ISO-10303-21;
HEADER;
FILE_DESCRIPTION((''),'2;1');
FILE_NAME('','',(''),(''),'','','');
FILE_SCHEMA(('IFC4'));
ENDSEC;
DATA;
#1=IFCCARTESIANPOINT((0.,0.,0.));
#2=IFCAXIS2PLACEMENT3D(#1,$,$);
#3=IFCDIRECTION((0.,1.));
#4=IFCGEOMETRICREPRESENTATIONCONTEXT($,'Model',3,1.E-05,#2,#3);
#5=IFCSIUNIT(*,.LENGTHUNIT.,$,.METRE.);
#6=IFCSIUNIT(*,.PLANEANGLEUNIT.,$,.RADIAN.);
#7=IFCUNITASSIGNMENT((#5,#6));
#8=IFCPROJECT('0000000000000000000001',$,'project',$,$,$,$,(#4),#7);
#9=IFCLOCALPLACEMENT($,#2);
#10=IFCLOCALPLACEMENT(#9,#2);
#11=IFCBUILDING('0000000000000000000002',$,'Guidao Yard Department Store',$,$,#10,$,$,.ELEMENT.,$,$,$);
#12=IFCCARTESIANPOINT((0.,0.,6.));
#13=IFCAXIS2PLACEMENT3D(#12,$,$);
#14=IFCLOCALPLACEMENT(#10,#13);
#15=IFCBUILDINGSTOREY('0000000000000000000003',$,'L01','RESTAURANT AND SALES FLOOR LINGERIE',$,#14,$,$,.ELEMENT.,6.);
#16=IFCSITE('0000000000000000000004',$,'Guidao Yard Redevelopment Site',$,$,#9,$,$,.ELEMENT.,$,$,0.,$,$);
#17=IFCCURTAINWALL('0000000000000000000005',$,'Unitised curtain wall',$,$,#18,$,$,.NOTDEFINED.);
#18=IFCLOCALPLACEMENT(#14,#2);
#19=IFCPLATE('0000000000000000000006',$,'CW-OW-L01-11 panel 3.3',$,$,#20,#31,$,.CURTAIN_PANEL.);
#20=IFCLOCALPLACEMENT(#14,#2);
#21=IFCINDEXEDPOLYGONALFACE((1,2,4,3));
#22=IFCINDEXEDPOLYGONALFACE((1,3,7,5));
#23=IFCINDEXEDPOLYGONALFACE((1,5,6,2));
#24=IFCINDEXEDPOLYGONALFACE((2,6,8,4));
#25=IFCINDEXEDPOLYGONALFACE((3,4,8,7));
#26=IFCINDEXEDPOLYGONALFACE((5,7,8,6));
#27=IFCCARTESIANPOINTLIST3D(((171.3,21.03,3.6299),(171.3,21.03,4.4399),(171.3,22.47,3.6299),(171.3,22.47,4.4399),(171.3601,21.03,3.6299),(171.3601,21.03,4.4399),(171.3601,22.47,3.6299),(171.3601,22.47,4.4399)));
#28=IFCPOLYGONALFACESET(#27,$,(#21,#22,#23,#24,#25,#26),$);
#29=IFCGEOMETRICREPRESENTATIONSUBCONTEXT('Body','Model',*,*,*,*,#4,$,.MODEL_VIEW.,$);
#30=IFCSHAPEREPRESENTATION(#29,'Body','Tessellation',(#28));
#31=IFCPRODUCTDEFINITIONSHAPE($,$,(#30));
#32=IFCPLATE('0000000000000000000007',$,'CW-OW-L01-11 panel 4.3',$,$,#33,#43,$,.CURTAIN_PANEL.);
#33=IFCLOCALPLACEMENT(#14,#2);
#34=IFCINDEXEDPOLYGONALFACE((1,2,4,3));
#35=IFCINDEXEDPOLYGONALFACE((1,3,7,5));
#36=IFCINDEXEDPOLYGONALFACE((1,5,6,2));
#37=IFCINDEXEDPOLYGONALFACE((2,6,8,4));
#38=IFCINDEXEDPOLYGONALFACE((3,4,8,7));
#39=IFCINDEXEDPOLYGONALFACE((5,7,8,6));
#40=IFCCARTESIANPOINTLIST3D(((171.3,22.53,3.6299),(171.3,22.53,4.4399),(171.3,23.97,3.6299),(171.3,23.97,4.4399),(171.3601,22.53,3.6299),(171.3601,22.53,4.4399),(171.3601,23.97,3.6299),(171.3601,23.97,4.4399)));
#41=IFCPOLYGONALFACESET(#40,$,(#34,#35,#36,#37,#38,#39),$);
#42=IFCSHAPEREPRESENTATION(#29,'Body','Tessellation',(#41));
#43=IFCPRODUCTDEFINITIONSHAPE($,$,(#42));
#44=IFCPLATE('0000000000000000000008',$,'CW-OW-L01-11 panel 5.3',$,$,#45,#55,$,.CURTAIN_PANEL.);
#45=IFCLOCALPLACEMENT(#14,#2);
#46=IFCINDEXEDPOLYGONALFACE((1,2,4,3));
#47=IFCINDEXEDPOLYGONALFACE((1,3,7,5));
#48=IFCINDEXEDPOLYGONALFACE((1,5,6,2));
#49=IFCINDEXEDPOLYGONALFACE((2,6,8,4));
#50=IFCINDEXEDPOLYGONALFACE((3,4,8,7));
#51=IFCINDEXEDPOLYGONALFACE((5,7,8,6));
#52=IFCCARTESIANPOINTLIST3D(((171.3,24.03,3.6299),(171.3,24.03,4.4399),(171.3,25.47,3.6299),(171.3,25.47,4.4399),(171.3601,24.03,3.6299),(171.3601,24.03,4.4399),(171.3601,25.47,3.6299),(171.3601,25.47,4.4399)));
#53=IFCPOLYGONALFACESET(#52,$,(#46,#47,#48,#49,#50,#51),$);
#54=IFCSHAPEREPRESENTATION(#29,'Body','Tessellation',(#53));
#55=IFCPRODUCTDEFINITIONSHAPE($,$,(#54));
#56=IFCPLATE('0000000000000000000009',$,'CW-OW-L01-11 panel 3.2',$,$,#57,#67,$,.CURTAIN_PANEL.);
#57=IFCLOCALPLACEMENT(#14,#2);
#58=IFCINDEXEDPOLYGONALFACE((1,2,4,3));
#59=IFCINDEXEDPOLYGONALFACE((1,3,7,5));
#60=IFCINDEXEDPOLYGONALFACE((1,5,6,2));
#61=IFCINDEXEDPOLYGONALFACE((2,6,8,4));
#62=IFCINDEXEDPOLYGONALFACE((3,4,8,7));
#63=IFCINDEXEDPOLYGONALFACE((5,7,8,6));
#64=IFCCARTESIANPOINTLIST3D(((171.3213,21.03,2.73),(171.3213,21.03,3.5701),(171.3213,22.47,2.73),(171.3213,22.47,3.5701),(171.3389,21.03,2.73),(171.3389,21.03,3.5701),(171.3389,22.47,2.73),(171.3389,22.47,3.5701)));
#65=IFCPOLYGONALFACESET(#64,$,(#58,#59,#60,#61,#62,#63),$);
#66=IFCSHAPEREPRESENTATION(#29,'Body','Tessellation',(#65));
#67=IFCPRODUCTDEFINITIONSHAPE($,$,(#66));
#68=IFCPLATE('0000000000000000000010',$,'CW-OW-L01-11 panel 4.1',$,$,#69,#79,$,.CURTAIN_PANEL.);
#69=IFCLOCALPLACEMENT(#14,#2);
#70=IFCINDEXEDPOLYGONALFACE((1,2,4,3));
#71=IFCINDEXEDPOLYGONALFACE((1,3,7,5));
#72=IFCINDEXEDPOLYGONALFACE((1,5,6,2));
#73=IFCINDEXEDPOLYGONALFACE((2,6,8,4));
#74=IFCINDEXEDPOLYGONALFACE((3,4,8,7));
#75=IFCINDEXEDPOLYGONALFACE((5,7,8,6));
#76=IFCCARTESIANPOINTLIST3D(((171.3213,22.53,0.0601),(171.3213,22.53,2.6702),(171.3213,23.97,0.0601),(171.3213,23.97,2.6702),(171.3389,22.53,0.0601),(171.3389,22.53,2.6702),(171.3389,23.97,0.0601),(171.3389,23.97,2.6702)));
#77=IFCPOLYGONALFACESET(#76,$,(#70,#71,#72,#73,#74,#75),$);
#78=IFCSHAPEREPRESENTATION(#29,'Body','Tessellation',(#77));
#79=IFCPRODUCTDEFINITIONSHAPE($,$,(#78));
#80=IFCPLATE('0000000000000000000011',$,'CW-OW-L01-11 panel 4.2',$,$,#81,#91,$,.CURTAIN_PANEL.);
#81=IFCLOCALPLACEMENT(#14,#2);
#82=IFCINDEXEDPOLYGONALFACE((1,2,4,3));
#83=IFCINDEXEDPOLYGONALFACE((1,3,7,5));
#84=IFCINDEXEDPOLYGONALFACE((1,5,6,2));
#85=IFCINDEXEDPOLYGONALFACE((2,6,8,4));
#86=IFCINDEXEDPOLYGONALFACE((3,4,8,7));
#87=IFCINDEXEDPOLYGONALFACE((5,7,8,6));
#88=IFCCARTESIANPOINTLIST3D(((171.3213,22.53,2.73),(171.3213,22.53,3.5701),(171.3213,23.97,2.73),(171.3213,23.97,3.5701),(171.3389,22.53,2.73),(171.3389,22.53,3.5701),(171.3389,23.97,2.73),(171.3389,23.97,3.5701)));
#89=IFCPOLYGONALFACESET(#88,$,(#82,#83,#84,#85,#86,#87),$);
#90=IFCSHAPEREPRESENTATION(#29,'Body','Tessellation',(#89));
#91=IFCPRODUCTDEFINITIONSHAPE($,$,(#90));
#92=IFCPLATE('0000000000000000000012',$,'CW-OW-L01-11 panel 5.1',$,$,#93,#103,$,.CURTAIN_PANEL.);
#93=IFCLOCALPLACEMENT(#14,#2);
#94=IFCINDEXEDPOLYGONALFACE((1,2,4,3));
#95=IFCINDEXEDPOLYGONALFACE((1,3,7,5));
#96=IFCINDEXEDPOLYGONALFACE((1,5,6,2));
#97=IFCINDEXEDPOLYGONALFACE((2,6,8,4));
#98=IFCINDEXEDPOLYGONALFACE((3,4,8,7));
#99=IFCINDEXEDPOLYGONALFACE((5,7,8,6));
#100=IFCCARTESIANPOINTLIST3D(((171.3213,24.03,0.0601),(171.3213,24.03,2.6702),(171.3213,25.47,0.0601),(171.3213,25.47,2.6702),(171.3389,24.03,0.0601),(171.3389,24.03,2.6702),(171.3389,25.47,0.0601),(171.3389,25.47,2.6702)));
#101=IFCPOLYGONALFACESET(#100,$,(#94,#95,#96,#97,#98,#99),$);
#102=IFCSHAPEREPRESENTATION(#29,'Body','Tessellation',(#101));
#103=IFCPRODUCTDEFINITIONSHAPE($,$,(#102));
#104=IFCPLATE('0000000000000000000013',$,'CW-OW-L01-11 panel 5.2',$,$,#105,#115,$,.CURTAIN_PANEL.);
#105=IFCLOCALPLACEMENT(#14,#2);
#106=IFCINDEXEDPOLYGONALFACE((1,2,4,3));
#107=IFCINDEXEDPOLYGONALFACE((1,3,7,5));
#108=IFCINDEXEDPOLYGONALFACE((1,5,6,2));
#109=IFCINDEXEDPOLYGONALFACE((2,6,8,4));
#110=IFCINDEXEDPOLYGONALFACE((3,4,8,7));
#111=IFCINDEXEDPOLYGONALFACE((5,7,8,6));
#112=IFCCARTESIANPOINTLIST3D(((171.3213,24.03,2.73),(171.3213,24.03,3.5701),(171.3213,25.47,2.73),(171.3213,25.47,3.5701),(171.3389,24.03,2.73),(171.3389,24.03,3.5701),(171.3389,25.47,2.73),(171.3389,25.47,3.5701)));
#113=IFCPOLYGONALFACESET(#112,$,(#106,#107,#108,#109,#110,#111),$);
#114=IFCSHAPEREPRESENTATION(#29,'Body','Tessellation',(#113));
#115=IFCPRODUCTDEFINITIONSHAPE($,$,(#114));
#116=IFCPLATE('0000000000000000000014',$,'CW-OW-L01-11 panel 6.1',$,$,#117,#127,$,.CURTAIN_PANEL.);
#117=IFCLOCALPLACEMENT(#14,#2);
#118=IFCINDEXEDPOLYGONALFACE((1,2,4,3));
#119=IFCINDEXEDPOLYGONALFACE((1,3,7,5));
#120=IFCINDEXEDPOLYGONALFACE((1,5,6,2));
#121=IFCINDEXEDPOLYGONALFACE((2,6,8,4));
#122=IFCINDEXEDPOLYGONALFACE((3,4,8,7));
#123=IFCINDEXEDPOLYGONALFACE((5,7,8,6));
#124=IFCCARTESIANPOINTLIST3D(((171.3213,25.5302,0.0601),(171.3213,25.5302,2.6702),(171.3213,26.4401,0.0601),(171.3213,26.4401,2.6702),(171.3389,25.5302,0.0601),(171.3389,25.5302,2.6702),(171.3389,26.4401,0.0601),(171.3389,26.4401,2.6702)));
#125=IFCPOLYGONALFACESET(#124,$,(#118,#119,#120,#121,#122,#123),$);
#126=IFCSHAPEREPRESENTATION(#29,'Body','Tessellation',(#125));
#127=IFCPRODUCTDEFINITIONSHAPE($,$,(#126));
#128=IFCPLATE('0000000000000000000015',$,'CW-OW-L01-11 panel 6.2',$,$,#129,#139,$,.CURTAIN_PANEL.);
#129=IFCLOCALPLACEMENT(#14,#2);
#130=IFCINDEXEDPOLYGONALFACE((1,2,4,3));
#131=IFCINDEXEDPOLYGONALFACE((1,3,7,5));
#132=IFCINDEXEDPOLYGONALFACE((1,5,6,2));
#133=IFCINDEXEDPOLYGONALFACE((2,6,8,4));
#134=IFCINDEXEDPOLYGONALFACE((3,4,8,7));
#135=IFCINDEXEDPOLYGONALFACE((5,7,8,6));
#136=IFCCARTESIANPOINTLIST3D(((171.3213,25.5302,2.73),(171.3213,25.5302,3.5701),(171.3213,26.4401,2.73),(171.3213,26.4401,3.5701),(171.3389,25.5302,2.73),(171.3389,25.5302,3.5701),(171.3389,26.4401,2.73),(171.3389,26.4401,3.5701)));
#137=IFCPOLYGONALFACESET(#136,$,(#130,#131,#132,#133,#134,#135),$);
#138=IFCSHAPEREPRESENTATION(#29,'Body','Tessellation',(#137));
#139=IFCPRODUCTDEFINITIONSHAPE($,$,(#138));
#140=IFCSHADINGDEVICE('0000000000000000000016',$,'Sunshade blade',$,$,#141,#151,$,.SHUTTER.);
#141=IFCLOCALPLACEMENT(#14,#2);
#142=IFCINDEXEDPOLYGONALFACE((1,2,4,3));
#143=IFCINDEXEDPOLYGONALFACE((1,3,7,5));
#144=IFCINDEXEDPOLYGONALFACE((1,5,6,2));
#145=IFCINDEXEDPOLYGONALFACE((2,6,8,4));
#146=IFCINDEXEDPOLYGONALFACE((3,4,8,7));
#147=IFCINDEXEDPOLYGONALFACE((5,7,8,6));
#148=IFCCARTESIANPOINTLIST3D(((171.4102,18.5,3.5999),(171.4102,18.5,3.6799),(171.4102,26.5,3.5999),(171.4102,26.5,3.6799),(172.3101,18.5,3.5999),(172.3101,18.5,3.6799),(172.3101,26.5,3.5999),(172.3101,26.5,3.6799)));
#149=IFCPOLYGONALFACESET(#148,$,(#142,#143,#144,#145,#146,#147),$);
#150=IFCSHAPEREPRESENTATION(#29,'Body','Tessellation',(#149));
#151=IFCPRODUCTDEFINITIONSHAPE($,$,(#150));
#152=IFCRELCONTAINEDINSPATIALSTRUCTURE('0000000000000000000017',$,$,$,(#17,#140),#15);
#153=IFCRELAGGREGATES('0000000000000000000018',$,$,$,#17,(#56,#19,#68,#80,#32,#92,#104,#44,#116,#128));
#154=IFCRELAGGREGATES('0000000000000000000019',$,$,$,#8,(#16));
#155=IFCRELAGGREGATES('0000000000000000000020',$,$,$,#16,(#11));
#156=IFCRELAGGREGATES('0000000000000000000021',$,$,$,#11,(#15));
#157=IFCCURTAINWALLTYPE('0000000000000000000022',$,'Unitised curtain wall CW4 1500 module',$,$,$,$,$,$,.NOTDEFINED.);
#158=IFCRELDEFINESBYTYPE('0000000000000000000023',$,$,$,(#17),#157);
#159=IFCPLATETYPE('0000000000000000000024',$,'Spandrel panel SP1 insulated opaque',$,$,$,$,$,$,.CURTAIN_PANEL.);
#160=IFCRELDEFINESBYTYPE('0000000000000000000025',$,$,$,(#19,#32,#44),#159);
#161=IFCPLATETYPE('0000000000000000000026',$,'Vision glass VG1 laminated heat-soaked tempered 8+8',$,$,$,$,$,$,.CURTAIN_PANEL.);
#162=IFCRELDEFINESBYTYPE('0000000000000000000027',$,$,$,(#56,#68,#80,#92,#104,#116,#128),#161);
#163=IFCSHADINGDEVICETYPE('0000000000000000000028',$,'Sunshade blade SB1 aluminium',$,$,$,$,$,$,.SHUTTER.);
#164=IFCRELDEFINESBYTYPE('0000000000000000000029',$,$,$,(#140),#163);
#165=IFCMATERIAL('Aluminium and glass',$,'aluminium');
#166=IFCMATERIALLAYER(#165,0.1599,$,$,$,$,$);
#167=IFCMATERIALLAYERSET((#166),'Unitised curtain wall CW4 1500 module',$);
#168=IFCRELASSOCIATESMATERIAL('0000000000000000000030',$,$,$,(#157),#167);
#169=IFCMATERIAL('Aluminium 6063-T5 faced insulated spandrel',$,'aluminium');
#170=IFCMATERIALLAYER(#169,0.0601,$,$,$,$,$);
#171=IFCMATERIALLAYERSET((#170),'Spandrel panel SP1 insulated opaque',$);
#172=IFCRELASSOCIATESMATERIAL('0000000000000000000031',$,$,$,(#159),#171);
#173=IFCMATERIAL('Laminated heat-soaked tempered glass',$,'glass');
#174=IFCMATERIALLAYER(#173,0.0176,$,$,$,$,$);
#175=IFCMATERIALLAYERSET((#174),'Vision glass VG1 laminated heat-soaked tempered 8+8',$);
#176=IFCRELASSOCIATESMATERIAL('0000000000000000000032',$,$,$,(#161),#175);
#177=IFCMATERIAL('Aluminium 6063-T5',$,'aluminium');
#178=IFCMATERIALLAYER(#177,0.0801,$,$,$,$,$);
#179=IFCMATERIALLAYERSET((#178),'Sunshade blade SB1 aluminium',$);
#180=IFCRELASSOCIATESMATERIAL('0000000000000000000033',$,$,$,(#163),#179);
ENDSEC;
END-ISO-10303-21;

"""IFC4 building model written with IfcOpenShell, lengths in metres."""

from ifc_helpers import new_model, si_unit, direction, frame, origin, origin_2d, place, context, subcontext, project, spatial, rectangle, extrude, material, layer, layer_set, type_object, element, aggregate, save


model = new_model("IFC4")

# Units and contexts
model_context = context("Model", 3, precision=1e-05, world=origin(), true_north=direction((0.0, 1.0)))
body_context = subcontext(model_context, "Body", "Model", "MODEL_VIEW")
ifc_project = project(units=[si_unit("LENGTHUNIT", "METRE"), si_unit("PLANEANGLEUNIT", "RADIAN")], contexts=[model_context])

# Site, building, storey
site_placement = place(None, origin())
site = spatial("IfcSite", under=ifc_project, at=site_placement, Name="Guidao Yard Redevelopment Site", CompositionType="ELEMENT", RefElevation=0.0)
building_placement = place(site_placement, origin())
building = spatial("IfcBuilding", under=site, at=building_placement, Name="Guidao Yard Department Store", CompositionType="ELEMENT")
storey_placement = place(building_placement, frame((0.0, 0.0, 6.0)))
storey = spatial("IfcBuildingStorey", under=building, at=storey_placement, Name="L01", Description="RESTAURANT AND SALES FLOOR LINGERIE", CompositionType="ELEMENT", Elevation=6.0)

# Curtain wall, plates
ifc_material_1 = material(Name="Aluminium and glass", Category="aluminium")
ifc_layer_1 = layer(ifc_material_1, 0.1599)
ifc_layer_set_1 = layer_set([ifc_layer_1], Name="Unitised curtain wall CW4 1500 module")
curtain_wall_type = type_object("IfcCurtainWallType", Name="Unitised curtain wall CW4 1500 module", PredefinedType="NOTDEFINED", material=ifc_layer_set_1)
curtain_wall_placement = place(storey_placement, origin())
curtain_wall = element("IfcCurtainWall", 1, at=curtain_wall_placement, inside=storey, type_object=curtain_wall_type, Name="Unitised curtain wall", PredefinedType="NOTDEFINED")
ifc_material_2 = material(Name="Aluminium 6063-T5 faced insulated spandrel", Category="aluminium")
ifc_layer_2 = layer(ifc_material_2, 0.0601)
ifc_layer_set_2 = layer_set([ifc_layer_2], Name="Spandrel panel SP1 insulated opaque")
plate_type_1 = type_object("IfcPlateType", Name="Spandrel panel SP1 insulated opaque", PredefinedType="CURTAIN_PANEL", material=ifc_layer_set_2)
plate_1_placement = place(storey_placement, frame((171.3301, 21.75, 3.6299), z_axis=(0.0, 0.0, 1.0), x_axis=(0.0, -1.0, 0.0)))
plate_1 = element("IfcPlate", 2, at=plate_1_placement, type_object=plate_type_1, Name="CW-OW-L01-11 panel 3.3", PredefinedType="CURTAIN_PANEL", context=body_context, shape_type="SweptSolid", body=[
    extrude(rectangle(XDim=1.4399, YDim=0.0601, at=origin_2d()), origin(), (0.0, 0.0, 1.0), 0.8101),
])
plate_2_placement = place(storey_placement, frame((171.3301, 23.25, 3.6299), z_axis=(0.0, 0.0, 1.0), x_axis=(0.0, -1.0, 0.0)))
plate_2 = element("IfcPlate", 3, at=plate_2_placement, type_object=plate_type_1, Name="CW-OW-L01-11 panel 4.3", PredefinedType="CURTAIN_PANEL", context=body_context, shape_type="SweptSolid", body=[
    extrude(rectangle(XDim=1.4399, YDim=0.0601, at=origin_2d()), origin(), (0.0, 0.0, 1.0), 0.8101),
])
plate_3_placement = place(storey_placement, frame((171.3301, 24.75, 3.6299), z_axis=(0.0, 0.0, 1.0), x_axis=(0.0, -1.0, 0.0)))
plate_3 = element("IfcPlate", 4, at=plate_3_placement, type_object=plate_type_1, Name="CW-OW-L01-11 panel 5.3", PredefinedType="CURTAIN_PANEL", context=body_context, shape_type="SweptSolid", body=[
    extrude(rectangle(XDim=1.4399, YDim=0.0601, at=origin_2d()), origin(), (0.0, 0.0, 1.0), 0.8101),
])
ifc_material_3 = material(Name="Laminated heat-soaked tempered glass", Category="glass")
ifc_layer_3 = layer(ifc_material_3, 0.0176)
ifc_layer_set_3 = layer_set([ifc_layer_3], Name="Vision glass VG1 laminated heat-soaked tempered 8+8")
plate_type_2 = type_object("IfcPlateType", Name="Vision glass VG1 laminated heat-soaked tempered 8+8", PredefinedType="CURTAIN_PANEL", material=ifc_layer_set_3)
plate_4_placement = place(storey_placement, frame((171.3301, 21.75, 2.73), z_axis=(0.0, 0.0, 1.0), x_axis=(0.0, -1.0, 0.0)))
plate_4 = element("IfcPlate", 5, at=plate_4_placement, type_object=plate_type_2, Name="CW-OW-L01-11 panel 3.2", PredefinedType="CURTAIN_PANEL", context=body_context, shape_type="SweptSolid", body=[
    extrude(rectangle(XDim=1.4399, YDim=0.0176, at=origin_2d()), origin(), (0.0, 0.0, 1.0), 0.8401),
])
plate_5_placement = place(storey_placement, frame((171.3301, 23.25, 0.0601), z_axis=(0.0, 0.0, 1.0), x_axis=(0.0, -1.0, 0.0)))
plate_5 = element("IfcPlate", 6, at=plate_5_placement, type_object=plate_type_2, Name="CW-OW-L01-11 panel 4.1", PredefinedType="CURTAIN_PANEL", context=body_context, shape_type="SweptSolid", body=[
    extrude(rectangle(XDim=1.4399, YDim=0.0176, at=origin_2d()), origin(), (0.0, 0.0, 1.0), 2.6101),
])
plate_6_placement = place(storey_placement, frame((171.3301, 23.25, 2.73), z_axis=(0.0, 0.0, 1.0), x_axis=(0.0, -1.0, 0.0)))
plate_6 = element("IfcPlate", 7, at=plate_6_placement, type_object=plate_type_2, Name="CW-OW-L01-11 panel 4.2", PredefinedType="CURTAIN_PANEL", context=body_context, shape_type="SweptSolid", body=[
    extrude(rectangle(XDim=1.4399, YDim=0.0176, at=origin_2d()), origin(), (0.0, 0.0, 1.0), 0.8401),
])
plate_7_placement = place(storey_placement, frame((171.3301, 24.75, 0.0601), z_axis=(0.0, 0.0, 1.0), x_axis=(0.0, -1.0, 0.0)))
plate_7 = element("IfcPlate", 8, at=plate_7_placement, type_object=plate_type_2, Name="CW-OW-L01-11 panel 5.1", PredefinedType="CURTAIN_PANEL", context=body_context, shape_type="SweptSolid", body=[
    extrude(rectangle(XDim=1.4399, YDim=0.0176, at=origin_2d()), origin(), (0.0, 0.0, 1.0), 2.6101),
])
plate_8_placement = place(storey_placement, frame((171.3301, 24.75, 2.73), z_axis=(0.0, 0.0, 1.0), x_axis=(0.0, -1.0, 0.0)))
plate_8 = element("IfcPlate", 9, at=plate_8_placement, type_object=plate_type_2, Name="CW-OW-L01-11 panel 5.2", PredefinedType="CURTAIN_PANEL", context=body_context, shape_type="SweptSolid", body=[
    extrude(rectangle(XDim=1.4399, YDim=0.0176, at=origin_2d()), origin(), (0.0, 0.0, 1.0), 0.8401),
])
plate_9_placement = place(storey_placement, frame((171.3301, 25.9851, 0.0601), z_axis=(0.0, 0.0, 1.0), x_axis=(0.0, -1.0, 0.0)))
plate_9 = element("IfcPlate", 10, at=plate_9_placement, type_object=plate_type_2, Name="CW-OW-L01-11 panel 6.1", PredefinedType="CURTAIN_PANEL", context=body_context, shape_type="SweptSolid", body=[
    extrude(rectangle(XDim=0.9099, YDim=0.0176, at=origin_2d()), origin(), (0.0, 0.0, 1.0), 2.6101),
])
plate_10_placement = place(storey_placement, frame((171.3301, 25.9851, 2.73), z_axis=(0.0, 0.0, 1.0), x_axis=(0.0, -1.0, 0.0)))
plate_10 = element("IfcPlate", 11, at=plate_10_placement, type_object=plate_type_2, Name="CW-OW-L01-11 panel 6.2", PredefinedType="CURTAIN_PANEL", context=body_context, shape_type="SweptSolid", body=[
    extrude(rectangle(XDim=0.9099, YDim=0.0176, at=origin_2d()), origin(), (0.0, 0.0, 1.0), 0.8401),
])
aggregate(curtain_wall, [plate_4, plate_1, plate_5, plate_6, plate_2, plate_7, plate_8, plate_3, plate_9, plate_10])

# Shading device
ifc_material_4 = material(Name="Aluminium 6063-T5", Category="aluminium")
ifc_layer_4 = layer(ifc_material_4, 0.0801)
ifc_layer_set_4 = layer_set([ifc_layer_4], Name="Sunshade blade SB1 aluminium")
shading_device_type = type_object("IfcShadingDeviceType", Name="Sunshade blade SB1 aluminium", PredefinedType="SHUTTER", material=ifc_layer_set_4)
shading_device_placement = place(storey_placement, frame((171.8601, 22.5, 3.5999), z_axis=(0.0, 0.0, 1.0), x_axis=(0.0, -1.0, 0.0)))
element("IfcShadingDevice", 12, at=shading_device_placement, inside=storey, type_object=shading_device_type, Name="Sunshade blade", PredefinedType="SHUTTER", context=body_context, shape_type="SweptSolid", body=[
    extrude(rectangle(XDim=8.0, YDim=0.8999, at=origin_2d()), origin(), (0.0, 0.0, 1.0), 0.0801),
])

save(model, "model.ifc")
